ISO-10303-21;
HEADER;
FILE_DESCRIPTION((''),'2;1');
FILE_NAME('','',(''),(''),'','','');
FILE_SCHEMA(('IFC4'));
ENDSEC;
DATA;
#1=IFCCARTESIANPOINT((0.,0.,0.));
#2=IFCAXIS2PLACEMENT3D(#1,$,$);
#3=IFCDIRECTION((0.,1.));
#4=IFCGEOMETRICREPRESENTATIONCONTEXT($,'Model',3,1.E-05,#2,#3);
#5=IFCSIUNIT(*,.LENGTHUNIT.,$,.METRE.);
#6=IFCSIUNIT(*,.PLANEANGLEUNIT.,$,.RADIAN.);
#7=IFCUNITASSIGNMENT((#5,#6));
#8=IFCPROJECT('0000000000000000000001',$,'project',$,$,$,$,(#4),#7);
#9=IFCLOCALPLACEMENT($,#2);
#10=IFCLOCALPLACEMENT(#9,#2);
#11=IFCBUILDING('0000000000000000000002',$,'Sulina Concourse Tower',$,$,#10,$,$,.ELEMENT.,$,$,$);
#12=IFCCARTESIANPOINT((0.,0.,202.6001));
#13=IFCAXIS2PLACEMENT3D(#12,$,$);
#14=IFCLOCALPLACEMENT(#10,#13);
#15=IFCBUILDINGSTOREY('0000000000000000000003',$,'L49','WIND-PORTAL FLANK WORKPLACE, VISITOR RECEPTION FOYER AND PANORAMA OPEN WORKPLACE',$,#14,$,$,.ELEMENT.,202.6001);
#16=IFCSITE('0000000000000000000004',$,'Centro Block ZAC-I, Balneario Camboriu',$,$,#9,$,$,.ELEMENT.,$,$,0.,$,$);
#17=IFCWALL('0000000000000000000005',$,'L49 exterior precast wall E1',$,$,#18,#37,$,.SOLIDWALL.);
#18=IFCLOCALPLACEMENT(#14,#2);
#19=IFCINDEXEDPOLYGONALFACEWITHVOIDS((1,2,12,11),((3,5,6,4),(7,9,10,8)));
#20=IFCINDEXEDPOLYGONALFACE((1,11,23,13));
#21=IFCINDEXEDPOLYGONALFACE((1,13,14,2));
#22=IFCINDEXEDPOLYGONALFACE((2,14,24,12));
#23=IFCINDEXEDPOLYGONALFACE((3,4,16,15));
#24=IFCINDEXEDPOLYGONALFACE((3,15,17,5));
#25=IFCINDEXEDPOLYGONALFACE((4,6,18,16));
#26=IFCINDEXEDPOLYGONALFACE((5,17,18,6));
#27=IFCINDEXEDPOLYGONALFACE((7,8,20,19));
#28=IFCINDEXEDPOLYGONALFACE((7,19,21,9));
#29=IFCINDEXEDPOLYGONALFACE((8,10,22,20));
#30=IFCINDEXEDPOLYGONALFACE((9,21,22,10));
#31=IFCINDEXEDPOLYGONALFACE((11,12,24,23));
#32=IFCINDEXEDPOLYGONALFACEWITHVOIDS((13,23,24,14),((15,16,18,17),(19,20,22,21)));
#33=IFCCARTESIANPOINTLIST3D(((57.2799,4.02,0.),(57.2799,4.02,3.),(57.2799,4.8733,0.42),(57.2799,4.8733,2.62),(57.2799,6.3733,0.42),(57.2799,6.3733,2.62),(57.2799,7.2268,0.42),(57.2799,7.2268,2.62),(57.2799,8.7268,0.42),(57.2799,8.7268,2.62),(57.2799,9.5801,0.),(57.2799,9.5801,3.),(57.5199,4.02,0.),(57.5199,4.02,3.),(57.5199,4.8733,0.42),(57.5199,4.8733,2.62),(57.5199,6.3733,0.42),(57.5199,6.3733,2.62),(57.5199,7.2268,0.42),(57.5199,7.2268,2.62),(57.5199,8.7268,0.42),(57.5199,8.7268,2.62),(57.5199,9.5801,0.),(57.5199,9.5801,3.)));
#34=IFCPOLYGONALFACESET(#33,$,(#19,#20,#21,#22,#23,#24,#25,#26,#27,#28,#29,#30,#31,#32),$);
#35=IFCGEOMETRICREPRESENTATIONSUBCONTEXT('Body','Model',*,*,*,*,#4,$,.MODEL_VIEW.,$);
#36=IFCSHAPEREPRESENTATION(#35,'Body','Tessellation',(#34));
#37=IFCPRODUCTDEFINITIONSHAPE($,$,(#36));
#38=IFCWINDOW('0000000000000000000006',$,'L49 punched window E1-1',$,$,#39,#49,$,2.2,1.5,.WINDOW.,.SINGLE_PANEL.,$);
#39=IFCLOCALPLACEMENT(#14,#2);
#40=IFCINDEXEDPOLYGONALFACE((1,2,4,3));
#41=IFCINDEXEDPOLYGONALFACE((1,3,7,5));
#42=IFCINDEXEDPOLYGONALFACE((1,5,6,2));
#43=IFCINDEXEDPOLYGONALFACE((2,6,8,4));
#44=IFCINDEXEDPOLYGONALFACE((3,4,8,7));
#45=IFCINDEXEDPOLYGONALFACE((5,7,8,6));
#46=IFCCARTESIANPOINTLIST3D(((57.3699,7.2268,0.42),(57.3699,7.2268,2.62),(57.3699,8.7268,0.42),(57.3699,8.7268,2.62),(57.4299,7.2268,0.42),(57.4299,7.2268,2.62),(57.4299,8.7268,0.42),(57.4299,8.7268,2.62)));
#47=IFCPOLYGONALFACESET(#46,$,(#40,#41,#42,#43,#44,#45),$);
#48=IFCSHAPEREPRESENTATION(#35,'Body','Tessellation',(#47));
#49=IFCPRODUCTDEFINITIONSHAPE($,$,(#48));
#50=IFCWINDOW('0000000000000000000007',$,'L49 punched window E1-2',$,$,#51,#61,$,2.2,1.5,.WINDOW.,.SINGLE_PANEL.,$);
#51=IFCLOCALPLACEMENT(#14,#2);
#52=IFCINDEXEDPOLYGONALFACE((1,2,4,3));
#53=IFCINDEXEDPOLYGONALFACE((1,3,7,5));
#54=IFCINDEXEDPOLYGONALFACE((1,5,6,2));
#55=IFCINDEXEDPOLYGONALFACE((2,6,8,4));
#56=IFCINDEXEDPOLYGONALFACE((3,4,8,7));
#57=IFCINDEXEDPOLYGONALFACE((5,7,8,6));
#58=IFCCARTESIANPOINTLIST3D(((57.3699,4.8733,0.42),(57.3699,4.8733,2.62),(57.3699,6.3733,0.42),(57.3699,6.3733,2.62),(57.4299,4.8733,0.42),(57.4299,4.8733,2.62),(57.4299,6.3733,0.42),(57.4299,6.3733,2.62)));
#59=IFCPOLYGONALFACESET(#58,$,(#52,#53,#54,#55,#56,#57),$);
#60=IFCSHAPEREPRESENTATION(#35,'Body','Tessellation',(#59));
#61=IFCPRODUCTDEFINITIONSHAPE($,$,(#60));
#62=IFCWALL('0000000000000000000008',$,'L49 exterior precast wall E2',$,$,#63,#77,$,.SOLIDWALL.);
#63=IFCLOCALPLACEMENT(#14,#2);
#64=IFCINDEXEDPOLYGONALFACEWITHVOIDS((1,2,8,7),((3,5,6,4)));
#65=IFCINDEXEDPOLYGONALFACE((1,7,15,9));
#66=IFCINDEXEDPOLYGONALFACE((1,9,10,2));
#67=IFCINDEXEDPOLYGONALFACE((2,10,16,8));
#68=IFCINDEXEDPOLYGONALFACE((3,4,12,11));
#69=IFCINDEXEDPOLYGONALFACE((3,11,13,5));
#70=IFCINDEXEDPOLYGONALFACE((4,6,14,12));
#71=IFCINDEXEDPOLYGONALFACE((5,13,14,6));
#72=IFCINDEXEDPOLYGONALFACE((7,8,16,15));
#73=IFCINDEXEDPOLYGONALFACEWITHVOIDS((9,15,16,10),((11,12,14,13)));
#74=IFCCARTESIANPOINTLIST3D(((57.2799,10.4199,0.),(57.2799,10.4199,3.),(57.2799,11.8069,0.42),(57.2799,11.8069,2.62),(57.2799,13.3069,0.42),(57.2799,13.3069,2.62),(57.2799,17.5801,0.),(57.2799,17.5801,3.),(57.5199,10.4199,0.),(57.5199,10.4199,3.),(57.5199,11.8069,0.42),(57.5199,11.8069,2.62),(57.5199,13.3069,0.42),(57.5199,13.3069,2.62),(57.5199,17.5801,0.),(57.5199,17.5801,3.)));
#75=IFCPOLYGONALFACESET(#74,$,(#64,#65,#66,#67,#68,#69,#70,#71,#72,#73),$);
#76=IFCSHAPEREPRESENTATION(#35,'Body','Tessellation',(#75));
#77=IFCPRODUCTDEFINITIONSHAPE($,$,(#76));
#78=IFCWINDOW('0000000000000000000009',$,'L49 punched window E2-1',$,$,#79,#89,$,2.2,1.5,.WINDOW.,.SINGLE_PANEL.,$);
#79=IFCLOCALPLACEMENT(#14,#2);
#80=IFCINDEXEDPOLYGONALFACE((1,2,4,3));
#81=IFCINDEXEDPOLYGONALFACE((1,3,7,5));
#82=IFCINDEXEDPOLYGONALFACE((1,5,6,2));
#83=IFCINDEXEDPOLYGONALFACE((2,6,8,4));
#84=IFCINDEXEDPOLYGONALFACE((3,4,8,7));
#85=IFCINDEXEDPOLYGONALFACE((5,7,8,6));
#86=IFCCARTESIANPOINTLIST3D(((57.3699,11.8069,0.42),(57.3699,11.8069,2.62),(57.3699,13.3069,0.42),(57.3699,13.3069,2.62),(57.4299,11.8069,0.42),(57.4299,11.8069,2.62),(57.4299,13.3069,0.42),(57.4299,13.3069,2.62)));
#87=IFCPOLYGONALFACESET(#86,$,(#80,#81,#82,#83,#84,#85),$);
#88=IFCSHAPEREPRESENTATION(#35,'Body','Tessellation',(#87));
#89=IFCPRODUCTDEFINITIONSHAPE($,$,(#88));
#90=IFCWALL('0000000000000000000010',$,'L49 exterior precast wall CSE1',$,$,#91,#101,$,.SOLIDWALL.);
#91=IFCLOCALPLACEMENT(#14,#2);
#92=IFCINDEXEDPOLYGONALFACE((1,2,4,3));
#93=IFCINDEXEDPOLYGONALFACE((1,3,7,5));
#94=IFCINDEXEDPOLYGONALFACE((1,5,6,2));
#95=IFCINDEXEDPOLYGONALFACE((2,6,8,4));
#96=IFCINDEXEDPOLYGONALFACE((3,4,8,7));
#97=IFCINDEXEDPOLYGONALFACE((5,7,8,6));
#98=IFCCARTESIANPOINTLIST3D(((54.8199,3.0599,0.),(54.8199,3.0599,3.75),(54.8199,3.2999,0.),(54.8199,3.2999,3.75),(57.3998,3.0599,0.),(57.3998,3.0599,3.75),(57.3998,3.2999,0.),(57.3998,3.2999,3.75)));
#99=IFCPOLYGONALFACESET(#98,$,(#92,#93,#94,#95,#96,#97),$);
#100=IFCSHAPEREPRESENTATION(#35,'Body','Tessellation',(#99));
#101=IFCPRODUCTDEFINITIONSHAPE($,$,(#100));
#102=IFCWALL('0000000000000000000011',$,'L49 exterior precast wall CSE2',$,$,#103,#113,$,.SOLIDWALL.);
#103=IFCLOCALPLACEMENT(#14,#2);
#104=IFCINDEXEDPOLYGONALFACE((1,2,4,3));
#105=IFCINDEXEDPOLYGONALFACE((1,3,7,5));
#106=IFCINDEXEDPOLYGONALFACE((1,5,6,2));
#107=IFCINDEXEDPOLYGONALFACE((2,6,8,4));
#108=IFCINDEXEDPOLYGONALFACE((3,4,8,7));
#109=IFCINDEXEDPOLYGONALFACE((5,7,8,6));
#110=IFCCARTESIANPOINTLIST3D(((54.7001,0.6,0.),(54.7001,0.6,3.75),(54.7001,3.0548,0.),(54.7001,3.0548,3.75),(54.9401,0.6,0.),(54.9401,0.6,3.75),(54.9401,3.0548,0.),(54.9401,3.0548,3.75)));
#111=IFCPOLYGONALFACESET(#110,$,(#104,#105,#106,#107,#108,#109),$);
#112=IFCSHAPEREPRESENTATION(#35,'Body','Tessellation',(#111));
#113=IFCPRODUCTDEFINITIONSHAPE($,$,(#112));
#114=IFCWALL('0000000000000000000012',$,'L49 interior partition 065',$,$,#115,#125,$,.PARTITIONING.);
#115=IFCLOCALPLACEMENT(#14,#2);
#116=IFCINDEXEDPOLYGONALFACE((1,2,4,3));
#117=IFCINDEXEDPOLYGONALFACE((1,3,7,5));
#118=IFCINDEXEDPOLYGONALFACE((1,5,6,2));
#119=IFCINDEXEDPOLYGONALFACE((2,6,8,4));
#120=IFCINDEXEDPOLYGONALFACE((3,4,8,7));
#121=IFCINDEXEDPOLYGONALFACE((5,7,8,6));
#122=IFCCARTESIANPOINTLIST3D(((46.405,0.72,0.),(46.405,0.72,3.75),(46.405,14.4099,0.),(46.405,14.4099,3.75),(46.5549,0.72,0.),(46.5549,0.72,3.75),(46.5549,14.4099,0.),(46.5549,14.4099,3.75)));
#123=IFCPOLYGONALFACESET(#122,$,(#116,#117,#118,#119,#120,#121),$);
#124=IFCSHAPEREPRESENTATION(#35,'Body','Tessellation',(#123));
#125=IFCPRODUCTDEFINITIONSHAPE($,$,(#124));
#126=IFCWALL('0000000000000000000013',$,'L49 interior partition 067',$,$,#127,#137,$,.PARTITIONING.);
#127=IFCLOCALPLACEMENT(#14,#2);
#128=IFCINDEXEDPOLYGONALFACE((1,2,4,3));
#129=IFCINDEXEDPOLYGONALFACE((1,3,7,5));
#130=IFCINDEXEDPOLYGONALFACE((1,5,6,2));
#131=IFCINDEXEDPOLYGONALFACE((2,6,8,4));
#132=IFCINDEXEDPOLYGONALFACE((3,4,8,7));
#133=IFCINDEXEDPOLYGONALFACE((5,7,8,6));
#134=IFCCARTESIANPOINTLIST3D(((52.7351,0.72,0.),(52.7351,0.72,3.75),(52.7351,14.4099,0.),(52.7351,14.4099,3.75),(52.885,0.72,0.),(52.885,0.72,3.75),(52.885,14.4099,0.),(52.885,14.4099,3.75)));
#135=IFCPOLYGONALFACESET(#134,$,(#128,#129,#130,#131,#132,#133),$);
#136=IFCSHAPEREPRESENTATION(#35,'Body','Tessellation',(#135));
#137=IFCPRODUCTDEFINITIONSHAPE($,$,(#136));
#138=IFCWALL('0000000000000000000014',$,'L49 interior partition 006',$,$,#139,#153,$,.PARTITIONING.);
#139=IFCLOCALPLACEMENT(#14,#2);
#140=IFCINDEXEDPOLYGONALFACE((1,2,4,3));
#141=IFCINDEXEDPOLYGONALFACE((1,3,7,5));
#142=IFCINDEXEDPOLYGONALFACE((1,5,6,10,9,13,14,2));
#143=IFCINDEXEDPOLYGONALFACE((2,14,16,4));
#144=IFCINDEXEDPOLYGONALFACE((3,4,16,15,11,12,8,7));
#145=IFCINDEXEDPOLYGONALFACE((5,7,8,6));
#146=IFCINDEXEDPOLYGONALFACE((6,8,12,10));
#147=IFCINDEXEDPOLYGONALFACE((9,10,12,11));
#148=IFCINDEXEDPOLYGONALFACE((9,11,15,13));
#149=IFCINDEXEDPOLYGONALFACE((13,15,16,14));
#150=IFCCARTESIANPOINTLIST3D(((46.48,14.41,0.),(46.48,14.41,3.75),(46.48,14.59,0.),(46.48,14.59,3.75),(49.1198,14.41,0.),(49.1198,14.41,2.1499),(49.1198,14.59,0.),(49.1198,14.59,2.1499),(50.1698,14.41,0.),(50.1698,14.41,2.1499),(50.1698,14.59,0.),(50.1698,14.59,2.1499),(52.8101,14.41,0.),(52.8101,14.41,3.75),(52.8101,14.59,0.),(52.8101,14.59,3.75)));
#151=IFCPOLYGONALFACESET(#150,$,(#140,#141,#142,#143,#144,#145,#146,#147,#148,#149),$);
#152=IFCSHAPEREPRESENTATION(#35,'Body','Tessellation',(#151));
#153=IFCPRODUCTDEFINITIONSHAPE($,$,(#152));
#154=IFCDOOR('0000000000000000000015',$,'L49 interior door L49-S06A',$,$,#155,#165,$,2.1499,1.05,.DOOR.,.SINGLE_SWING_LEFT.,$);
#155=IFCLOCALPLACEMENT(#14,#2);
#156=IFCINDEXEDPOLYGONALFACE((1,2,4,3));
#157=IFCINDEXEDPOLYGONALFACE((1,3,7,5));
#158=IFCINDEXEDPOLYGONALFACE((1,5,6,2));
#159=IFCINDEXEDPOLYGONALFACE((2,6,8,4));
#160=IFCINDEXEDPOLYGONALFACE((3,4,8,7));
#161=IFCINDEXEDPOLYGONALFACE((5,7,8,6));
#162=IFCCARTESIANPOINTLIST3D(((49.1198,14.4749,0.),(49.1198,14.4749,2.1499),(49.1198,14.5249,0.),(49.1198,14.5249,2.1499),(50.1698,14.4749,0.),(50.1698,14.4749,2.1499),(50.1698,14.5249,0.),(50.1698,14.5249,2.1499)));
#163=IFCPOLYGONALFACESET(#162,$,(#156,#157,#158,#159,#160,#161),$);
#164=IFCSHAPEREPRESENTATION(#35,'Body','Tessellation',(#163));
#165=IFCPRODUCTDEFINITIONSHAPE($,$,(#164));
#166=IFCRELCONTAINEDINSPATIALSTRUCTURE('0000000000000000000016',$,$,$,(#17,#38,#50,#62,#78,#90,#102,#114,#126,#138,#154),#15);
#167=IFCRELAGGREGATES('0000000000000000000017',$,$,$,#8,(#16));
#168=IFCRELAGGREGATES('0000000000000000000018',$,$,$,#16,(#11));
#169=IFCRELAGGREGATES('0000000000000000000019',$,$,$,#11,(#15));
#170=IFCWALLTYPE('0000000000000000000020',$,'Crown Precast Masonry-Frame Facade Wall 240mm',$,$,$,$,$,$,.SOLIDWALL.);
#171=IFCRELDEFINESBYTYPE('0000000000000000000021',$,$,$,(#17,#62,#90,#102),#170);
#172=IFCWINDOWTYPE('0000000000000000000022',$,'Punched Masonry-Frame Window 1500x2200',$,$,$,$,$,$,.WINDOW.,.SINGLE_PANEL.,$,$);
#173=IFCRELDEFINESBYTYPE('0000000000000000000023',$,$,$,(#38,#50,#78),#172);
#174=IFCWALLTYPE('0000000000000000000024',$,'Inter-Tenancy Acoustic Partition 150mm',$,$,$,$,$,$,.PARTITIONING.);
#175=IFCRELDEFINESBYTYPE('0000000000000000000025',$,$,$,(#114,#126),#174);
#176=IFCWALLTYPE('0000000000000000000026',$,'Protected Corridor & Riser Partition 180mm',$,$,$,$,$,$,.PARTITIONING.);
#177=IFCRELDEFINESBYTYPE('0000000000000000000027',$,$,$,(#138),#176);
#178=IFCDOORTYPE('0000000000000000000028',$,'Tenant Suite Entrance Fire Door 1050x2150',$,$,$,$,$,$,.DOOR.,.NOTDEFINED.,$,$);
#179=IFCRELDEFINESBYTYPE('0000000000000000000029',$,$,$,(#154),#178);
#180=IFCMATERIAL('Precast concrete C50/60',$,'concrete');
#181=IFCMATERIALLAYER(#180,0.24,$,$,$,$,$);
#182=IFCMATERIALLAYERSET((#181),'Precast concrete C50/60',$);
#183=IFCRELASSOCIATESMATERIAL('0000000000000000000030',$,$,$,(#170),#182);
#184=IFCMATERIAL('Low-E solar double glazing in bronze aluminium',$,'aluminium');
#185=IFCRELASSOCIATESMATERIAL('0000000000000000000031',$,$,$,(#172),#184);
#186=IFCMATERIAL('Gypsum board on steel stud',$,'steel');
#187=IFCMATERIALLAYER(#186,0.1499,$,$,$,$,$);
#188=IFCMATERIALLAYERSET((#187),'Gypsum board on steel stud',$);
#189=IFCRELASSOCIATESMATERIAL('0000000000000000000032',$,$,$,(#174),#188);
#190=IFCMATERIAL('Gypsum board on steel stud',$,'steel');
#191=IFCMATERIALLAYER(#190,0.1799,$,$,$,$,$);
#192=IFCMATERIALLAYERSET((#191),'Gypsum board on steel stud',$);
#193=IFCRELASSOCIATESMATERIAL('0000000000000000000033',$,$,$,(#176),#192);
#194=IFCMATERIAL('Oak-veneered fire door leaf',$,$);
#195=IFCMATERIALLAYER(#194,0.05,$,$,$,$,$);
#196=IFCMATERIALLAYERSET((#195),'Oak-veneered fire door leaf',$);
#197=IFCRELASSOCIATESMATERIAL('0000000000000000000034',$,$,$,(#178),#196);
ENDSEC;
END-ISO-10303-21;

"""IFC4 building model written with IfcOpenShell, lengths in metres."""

from ifc_helpers import new_model, si_unit, direction, frame, frame_2d, origin, place, context, subcontext, project, spatial, rectangle, extrude, material, layer, layer_set, type_object, element, fill, save


model = new_model("IFC4")

# Units and contexts
model_context = context("Model", 3, precision=1e-05, world=origin(), true_north=direction((0.0, 1.0)))
body_context = subcontext(model_context, "Body", "Model", "MODEL_VIEW")
ifc_project = project(units=[si_unit("LENGTHUNIT", "METRE"), si_unit("PLANEANGLEUNIT", "RADIAN")], contexts=[model_context])

# Site, building, storey
site_placement = place(None, origin())
site = spatial("IfcSite", under=ifc_project, at=site_placement, Name="Centro Block ZAC-I, Balneario Camboriu", CompositionType="ELEMENT", RefElevation=0.0)
building_placement = place(site_placement, origin())
building = spatial("IfcBuilding", under=site, at=building_placement, Name="Sulina Concourse Tower", CompositionType="ELEMENT")
storey_placement = place(building_placement, frame((0.0, 0.0, 202.6001)))
storey = spatial("IfcBuildingStorey", under=building, at=storey_placement, Name="L49", Description="WIND-PORTAL FLANK WORKPLACE, VISITOR RECEPTION FOYER AND PANORAMA OPEN WORKPLACE", CompositionType="ELEMENT", Elevation=202.6001)

# Shared definitions
ifc_material_1 = material(Name="Precast concrete C50/60", Category="concrete")
ifc_layer_1 = layer(ifc_material_1, 0.24)
ifc_layer_set_1 = layer_set([ifc_layer_1], Name="Precast concrete C50/60")
wall_type_1 = type_object("IfcWallType", Name="Crown Precast Masonry-Frame Facade Wall 240mm", PredefinedType="SOLIDWALL", material=ifc_layer_set_1)

# Wall, openings, windows
wall_1_placement = place(storey_placement, frame((57.3999, 9.5801, 0.0), z_axis=(0.0, 0.0, 1.0), x_axis=(0.0, -1.0, 0.0)))
wall_1 = element("IfcWall", 1, at=wall_1_placement, inside=storey, type_object=wall_type_1, Name="L49 exterior precast wall E1", PredefinedType="SOLIDWALL", context=body_context, shape_type="SweptSolid", body=[
    extrude(rectangle(XDim=5.5601, YDim=0.24, at=frame_2d((2.78, 0.0))), origin(), (0.0, 0.0, 1.0), 3.0),
])
opening_1_placement = place(wall_1_placement, frame((0.8533, 0.0, 0.4199)))
opening_1 = element("IfcOpeningElement", 2, at=opening_1_placement, cuts=wall_1, PredefinedType="OPENING", context=body_context, shape_type="SweptSolid", body=[
    extrude(rectangle(XDim=1.5, YDim=2.2, at=frame_2d((0.75, 1.1001))), frame((0.0, 0.1299, 0.0), z_axis=(0.0, -1.0, 0.0), x_axis=(1.0, 0.0, 0.0)), (0.0, 0.0, 1.0), 0.26),
])
opening_2_placement = place(wall_1_placement, frame((3.2068, 0.0, 0.4199)))
opening_2 = element("IfcOpeningElement", 3, at=opening_2_placement, cuts=wall_1, PredefinedType="OPENING", context=body_context, shape_type="SweptSolid", body=[
    extrude(rectangle(XDim=1.5, YDim=2.2, at=frame_2d((0.75, 1.1001))), frame((0.0, 0.1299, 0.0), z_axis=(0.0, -1.0, 0.0), x_axis=(1.0, 0.0, 0.0)), (0.0, 0.0, 1.0), 0.26),
])
ifc_material_2 = material(Name="Low-E solar double glazing in bronze aluminium", Category="aluminium")
window_type = type_object("IfcWindowType", Name="Punched Masonry-Frame Window 1500x2200", PartitioningType="SINGLE_PANEL", PredefinedType="WINDOW", material=ifc_material_2)
window_1_placement = place(opening_1_placement, origin())
window_1 = element("IfcWindow", 4, at=window_1_placement, inside=storey, type_object=window_type, Name="L49 punched window E1-1", OverallHeight=2.2, OverallWidth=1.5, PartitioningType="SINGLE_PANEL", PredefinedType="WINDOW", context=body_context, shape_type="SweptSolid", body=[
    extrude(rectangle(XDim=1.5, YDim=2.2, at=frame_2d((0.75, 1.1001))), frame((0.0, 0.03, 0.0), z_axis=(0.0, -1.0, 0.0), x_axis=(1.0, 0.0, 0.0)), (0.0, 0.0, 1.0), 0.0601),
])
fill(opening_1, window_1)
window_2_placement = place(opening_2_placement, origin())
window_2 = element("IfcWindow", 5, at=window_2_placement, inside=storey, type_object=window_type, Name="L49 punched window E1-2", OverallHeight=2.2, OverallWidth=1.5, PartitioningType="SINGLE_PANEL", PredefinedType="WINDOW", context=body_context, shape_type="SweptSolid", body=[
    extrude(rectangle(XDim=1.5, YDim=2.2, at=frame_2d((0.75, 1.1001))), frame((0.0, 0.03, 0.0), z_axis=(0.0, -1.0, 0.0), x_axis=(1.0, 0.0, 0.0)), (0.0, 0.0, 1.0), 0.0601),
])
fill(opening_2, window_2)

# Wall, opening, window
wall_2_placement = place(storey_placement, frame((57.3999, 17.5801, 0.0), z_axis=(0.0, 0.0, 1.0), x_axis=(0.0, -1.0, 0.0)))
wall_2 = element("IfcWall", 6, at=wall_2_placement, inside=storey, type_object=wall_type_1, Name="L49 exterior precast wall E2", PredefinedType="SOLIDWALL", context=body_context, shape_type="SweptSolid", body=[
    extrude(rectangle(XDim=7.1602, YDim=0.24, at=frame_2d((3.5801, 0.0))), origin(), (0.0, 0.0, 1.0), 3.0),
])
opening_3_placement = place(wall_2_placement, frame((4.2732, 0.0, 0.4199)))
opening_3 = element("IfcOpeningElement", 7, at=opening_3_placement, cuts=wall_2, PredefinedType="OPENING", context=body_context, shape_type="SweptSolid", body=[
    extrude(rectangle(XDim=1.5, YDim=2.2, at=frame_2d((0.75, 1.1001))), frame((0.0, 0.1299, 0.0), z_axis=(0.0, -1.0, 0.0), x_axis=(1.0, 0.0, 0.0)), (0.0, 0.0, 1.0), 0.26),
])
window_3_placement = place(opening_3_placement, origin())
window_3 = element("IfcWindow", 8, at=window_3_placement, inside=storey, type_object=window_type, Name="L49 punched window E2-1", OverallHeight=2.2, OverallWidth=1.5, PartitioningType="SINGLE_PANEL", PredefinedType="WINDOW", context=body_context, shape_type="SweptSolid", body=[
    extrude(rectangle(XDim=1.5, YDim=2.2, at=frame_2d((0.75, 1.1001))), frame((0.0, 0.03, 0.0), z_axis=(0.0, -1.0, 0.0), x_axis=(1.0, 0.0, 0.0)), (0.0, 0.0, 1.0), 0.0601),
])
fill(opening_3, window_3)

# Walls
wall_3_placement = place(storey_placement, frame((57.3999, 3.1799, 0.0), z_axis=(0.0, 0.0, 1.0), x_axis=(-1.0, 0.0, 0.0)))
element("IfcWall", 9, at=wall_3_placement, inside=storey, type_object=wall_type_1, Name="L49 exterior precast wall CSE1", PredefinedType="SOLIDWALL", context=body_context, shape_type="SweptSolid", body=[
    extrude(rectangle(XDim=2.5798, YDim=0.24, at=frame_2d((1.29, 0.0))), origin(), (0.0, 0.0, 1.0), 3.75),
])
wall_4_placement = place(storey_placement, frame((54.8201, 3.0549, 0.0), z_axis=(0.0, 0.0, 1.0), x_axis=(0.0, -1.0, 0.0)))
element("IfcWall", 10, at=wall_4_placement, inside=storey, type_object=wall_type_1, Name="L49 exterior precast wall CSE2", PredefinedType="SOLIDWALL", context=body_context, shape_type="SweptSolid", body=[
    extrude(rectangle(XDim=2.4548, YDim=0.24, at=frame_2d((1.2275, 0.0))), origin(), (0.0, 0.0, 1.0), 3.75),
])
ifc_material_3 = material(Name="Gypsum board on steel stud", Category="steel")
ifc_layer_2 = layer(ifc_material_3, 0.1499)
ifc_layer_set_2 = layer_set([ifc_layer_2], Name="Gypsum board on steel stud")
wall_type_2 = type_object("IfcWallType", Name="Inter-Tenancy Acoustic Partition 150mm", PredefinedType="PARTITIONING", material=ifc_layer_set_2)
for number, where, z_axis, x_axis, name in (
    (11, (46.48, 0.72, 0.0), (0.0, 0.0, 1.0), (0.0, 1.0, 0.0), "L49 interior partition 065"),
    (12, (52.8101, 0.72, 0.0), (0.0, 0.0, 1.0), (0.0, 1.0, 0.0), "L49 interior partition 067"),
):
    element("IfcWall", number, at=place(storey_placement, frame(where, z_axis=z_axis, x_axis=x_axis)), inside=storey, type_object=wall_type_2, Name=name, PredefinedType="PARTITIONING", context=body_context, shape_type="SweptSolid", body=[
        extrude(rectangle(XDim=13.6899, YDim=0.1499, at=frame_2d((6.845, 0.0))), origin(), (0.0, 0.0, 1.0), 3.75),
    ])

# Wall, opening, door
ifc_material_4 = material(Name="Gypsum board on steel stud", Category="steel")
ifc_layer_3 = layer(ifc_material_4, 0.1799)
ifc_layer_set_3 = layer_set([ifc_layer_3], Name="Gypsum board on steel stud")
wall_type_3 = type_object("IfcWallType", Name="Protected Corridor & Riser Partition 180mm", PredefinedType="PARTITIONING", material=ifc_layer_set_3)
wall_5_placement = place(storey_placement, frame((46.48, 14.5, 0.0), z_axis=(0.0, 0.0, 1.0), x_axis=(1.0, 0.0, 0.0)))
wall_5 = element("IfcWall", 13, at=wall_5_placement, inside=storey, type_object=wall_type_3, Name="L49 interior partition 006", PredefinedType="PARTITIONING", context=body_context, shape_type="SweptSolid", body=[
    extrude(rectangle(XDim=6.3301, YDim=0.1799, at=frame_2d((3.165, 0.0))), origin(), (0.0, 0.0, 1.0), 3.75),
])
opening_4_placement = place(wall_5_placement, frame((2.6399, 0.0, 0.0)))
opening_4 = element("IfcOpeningElement", 14, at=opening_4_placement, cuts=wall_5, PredefinedType="OPENING", context=body_context, shape_type="SweptSolid", body=[
    extrude(rectangle(XDim=1.05, YDim=2.1499, at=frame_2d((0.5249, 1.075))), frame((0.0, 0.0999, 0.0), z_axis=(0.0, -1.0, 0.0), x_axis=(1.0, 0.0, 0.0)), (0.0, 0.0, 1.0), 0.2),
])
ifc_material_5 = material(Name="Oak-veneered fire door leaf")
ifc_layer_4 = layer(ifc_material_5, 0.05)
ifc_layer_set_4 = layer_set([ifc_layer_4], Name="Oak-veneered fire door leaf")
door_type_1 = type_object("IfcDoorType", Name="Tenant Suite Entrance Fire Door 1050x2150", OperationType="NOTDEFINED", PredefinedType="DOOR", material=ifc_layer_set_4)
door_1_placement = place(opening_4_placement, origin())
door_1 = element("IfcDoor", 15, at=door_1_placement, inside=storey, type_object=door_type_1, Name="L49 interior door L49-S06A", OperationType="SINGLE_SWING_LEFT", OverallHeight=2.1499, OverallWidth=1.05, PredefinedType="DOOR", context=body_context, shape_type="SweptSolid", body=[
    extrude(rectangle(XDim=1.05, YDim=2.1499, at=frame_2d((0.5249, 1.075))), frame((0.0, 0.0249, 0.0), z_axis=(0.0, -1.0, 0.0), x_axis=(1.0, 0.0, 0.0)), (0.0, 0.0, 1.0), 0.05),
])
fill(opening_4, door_1)

save(model, "model.ifc")
